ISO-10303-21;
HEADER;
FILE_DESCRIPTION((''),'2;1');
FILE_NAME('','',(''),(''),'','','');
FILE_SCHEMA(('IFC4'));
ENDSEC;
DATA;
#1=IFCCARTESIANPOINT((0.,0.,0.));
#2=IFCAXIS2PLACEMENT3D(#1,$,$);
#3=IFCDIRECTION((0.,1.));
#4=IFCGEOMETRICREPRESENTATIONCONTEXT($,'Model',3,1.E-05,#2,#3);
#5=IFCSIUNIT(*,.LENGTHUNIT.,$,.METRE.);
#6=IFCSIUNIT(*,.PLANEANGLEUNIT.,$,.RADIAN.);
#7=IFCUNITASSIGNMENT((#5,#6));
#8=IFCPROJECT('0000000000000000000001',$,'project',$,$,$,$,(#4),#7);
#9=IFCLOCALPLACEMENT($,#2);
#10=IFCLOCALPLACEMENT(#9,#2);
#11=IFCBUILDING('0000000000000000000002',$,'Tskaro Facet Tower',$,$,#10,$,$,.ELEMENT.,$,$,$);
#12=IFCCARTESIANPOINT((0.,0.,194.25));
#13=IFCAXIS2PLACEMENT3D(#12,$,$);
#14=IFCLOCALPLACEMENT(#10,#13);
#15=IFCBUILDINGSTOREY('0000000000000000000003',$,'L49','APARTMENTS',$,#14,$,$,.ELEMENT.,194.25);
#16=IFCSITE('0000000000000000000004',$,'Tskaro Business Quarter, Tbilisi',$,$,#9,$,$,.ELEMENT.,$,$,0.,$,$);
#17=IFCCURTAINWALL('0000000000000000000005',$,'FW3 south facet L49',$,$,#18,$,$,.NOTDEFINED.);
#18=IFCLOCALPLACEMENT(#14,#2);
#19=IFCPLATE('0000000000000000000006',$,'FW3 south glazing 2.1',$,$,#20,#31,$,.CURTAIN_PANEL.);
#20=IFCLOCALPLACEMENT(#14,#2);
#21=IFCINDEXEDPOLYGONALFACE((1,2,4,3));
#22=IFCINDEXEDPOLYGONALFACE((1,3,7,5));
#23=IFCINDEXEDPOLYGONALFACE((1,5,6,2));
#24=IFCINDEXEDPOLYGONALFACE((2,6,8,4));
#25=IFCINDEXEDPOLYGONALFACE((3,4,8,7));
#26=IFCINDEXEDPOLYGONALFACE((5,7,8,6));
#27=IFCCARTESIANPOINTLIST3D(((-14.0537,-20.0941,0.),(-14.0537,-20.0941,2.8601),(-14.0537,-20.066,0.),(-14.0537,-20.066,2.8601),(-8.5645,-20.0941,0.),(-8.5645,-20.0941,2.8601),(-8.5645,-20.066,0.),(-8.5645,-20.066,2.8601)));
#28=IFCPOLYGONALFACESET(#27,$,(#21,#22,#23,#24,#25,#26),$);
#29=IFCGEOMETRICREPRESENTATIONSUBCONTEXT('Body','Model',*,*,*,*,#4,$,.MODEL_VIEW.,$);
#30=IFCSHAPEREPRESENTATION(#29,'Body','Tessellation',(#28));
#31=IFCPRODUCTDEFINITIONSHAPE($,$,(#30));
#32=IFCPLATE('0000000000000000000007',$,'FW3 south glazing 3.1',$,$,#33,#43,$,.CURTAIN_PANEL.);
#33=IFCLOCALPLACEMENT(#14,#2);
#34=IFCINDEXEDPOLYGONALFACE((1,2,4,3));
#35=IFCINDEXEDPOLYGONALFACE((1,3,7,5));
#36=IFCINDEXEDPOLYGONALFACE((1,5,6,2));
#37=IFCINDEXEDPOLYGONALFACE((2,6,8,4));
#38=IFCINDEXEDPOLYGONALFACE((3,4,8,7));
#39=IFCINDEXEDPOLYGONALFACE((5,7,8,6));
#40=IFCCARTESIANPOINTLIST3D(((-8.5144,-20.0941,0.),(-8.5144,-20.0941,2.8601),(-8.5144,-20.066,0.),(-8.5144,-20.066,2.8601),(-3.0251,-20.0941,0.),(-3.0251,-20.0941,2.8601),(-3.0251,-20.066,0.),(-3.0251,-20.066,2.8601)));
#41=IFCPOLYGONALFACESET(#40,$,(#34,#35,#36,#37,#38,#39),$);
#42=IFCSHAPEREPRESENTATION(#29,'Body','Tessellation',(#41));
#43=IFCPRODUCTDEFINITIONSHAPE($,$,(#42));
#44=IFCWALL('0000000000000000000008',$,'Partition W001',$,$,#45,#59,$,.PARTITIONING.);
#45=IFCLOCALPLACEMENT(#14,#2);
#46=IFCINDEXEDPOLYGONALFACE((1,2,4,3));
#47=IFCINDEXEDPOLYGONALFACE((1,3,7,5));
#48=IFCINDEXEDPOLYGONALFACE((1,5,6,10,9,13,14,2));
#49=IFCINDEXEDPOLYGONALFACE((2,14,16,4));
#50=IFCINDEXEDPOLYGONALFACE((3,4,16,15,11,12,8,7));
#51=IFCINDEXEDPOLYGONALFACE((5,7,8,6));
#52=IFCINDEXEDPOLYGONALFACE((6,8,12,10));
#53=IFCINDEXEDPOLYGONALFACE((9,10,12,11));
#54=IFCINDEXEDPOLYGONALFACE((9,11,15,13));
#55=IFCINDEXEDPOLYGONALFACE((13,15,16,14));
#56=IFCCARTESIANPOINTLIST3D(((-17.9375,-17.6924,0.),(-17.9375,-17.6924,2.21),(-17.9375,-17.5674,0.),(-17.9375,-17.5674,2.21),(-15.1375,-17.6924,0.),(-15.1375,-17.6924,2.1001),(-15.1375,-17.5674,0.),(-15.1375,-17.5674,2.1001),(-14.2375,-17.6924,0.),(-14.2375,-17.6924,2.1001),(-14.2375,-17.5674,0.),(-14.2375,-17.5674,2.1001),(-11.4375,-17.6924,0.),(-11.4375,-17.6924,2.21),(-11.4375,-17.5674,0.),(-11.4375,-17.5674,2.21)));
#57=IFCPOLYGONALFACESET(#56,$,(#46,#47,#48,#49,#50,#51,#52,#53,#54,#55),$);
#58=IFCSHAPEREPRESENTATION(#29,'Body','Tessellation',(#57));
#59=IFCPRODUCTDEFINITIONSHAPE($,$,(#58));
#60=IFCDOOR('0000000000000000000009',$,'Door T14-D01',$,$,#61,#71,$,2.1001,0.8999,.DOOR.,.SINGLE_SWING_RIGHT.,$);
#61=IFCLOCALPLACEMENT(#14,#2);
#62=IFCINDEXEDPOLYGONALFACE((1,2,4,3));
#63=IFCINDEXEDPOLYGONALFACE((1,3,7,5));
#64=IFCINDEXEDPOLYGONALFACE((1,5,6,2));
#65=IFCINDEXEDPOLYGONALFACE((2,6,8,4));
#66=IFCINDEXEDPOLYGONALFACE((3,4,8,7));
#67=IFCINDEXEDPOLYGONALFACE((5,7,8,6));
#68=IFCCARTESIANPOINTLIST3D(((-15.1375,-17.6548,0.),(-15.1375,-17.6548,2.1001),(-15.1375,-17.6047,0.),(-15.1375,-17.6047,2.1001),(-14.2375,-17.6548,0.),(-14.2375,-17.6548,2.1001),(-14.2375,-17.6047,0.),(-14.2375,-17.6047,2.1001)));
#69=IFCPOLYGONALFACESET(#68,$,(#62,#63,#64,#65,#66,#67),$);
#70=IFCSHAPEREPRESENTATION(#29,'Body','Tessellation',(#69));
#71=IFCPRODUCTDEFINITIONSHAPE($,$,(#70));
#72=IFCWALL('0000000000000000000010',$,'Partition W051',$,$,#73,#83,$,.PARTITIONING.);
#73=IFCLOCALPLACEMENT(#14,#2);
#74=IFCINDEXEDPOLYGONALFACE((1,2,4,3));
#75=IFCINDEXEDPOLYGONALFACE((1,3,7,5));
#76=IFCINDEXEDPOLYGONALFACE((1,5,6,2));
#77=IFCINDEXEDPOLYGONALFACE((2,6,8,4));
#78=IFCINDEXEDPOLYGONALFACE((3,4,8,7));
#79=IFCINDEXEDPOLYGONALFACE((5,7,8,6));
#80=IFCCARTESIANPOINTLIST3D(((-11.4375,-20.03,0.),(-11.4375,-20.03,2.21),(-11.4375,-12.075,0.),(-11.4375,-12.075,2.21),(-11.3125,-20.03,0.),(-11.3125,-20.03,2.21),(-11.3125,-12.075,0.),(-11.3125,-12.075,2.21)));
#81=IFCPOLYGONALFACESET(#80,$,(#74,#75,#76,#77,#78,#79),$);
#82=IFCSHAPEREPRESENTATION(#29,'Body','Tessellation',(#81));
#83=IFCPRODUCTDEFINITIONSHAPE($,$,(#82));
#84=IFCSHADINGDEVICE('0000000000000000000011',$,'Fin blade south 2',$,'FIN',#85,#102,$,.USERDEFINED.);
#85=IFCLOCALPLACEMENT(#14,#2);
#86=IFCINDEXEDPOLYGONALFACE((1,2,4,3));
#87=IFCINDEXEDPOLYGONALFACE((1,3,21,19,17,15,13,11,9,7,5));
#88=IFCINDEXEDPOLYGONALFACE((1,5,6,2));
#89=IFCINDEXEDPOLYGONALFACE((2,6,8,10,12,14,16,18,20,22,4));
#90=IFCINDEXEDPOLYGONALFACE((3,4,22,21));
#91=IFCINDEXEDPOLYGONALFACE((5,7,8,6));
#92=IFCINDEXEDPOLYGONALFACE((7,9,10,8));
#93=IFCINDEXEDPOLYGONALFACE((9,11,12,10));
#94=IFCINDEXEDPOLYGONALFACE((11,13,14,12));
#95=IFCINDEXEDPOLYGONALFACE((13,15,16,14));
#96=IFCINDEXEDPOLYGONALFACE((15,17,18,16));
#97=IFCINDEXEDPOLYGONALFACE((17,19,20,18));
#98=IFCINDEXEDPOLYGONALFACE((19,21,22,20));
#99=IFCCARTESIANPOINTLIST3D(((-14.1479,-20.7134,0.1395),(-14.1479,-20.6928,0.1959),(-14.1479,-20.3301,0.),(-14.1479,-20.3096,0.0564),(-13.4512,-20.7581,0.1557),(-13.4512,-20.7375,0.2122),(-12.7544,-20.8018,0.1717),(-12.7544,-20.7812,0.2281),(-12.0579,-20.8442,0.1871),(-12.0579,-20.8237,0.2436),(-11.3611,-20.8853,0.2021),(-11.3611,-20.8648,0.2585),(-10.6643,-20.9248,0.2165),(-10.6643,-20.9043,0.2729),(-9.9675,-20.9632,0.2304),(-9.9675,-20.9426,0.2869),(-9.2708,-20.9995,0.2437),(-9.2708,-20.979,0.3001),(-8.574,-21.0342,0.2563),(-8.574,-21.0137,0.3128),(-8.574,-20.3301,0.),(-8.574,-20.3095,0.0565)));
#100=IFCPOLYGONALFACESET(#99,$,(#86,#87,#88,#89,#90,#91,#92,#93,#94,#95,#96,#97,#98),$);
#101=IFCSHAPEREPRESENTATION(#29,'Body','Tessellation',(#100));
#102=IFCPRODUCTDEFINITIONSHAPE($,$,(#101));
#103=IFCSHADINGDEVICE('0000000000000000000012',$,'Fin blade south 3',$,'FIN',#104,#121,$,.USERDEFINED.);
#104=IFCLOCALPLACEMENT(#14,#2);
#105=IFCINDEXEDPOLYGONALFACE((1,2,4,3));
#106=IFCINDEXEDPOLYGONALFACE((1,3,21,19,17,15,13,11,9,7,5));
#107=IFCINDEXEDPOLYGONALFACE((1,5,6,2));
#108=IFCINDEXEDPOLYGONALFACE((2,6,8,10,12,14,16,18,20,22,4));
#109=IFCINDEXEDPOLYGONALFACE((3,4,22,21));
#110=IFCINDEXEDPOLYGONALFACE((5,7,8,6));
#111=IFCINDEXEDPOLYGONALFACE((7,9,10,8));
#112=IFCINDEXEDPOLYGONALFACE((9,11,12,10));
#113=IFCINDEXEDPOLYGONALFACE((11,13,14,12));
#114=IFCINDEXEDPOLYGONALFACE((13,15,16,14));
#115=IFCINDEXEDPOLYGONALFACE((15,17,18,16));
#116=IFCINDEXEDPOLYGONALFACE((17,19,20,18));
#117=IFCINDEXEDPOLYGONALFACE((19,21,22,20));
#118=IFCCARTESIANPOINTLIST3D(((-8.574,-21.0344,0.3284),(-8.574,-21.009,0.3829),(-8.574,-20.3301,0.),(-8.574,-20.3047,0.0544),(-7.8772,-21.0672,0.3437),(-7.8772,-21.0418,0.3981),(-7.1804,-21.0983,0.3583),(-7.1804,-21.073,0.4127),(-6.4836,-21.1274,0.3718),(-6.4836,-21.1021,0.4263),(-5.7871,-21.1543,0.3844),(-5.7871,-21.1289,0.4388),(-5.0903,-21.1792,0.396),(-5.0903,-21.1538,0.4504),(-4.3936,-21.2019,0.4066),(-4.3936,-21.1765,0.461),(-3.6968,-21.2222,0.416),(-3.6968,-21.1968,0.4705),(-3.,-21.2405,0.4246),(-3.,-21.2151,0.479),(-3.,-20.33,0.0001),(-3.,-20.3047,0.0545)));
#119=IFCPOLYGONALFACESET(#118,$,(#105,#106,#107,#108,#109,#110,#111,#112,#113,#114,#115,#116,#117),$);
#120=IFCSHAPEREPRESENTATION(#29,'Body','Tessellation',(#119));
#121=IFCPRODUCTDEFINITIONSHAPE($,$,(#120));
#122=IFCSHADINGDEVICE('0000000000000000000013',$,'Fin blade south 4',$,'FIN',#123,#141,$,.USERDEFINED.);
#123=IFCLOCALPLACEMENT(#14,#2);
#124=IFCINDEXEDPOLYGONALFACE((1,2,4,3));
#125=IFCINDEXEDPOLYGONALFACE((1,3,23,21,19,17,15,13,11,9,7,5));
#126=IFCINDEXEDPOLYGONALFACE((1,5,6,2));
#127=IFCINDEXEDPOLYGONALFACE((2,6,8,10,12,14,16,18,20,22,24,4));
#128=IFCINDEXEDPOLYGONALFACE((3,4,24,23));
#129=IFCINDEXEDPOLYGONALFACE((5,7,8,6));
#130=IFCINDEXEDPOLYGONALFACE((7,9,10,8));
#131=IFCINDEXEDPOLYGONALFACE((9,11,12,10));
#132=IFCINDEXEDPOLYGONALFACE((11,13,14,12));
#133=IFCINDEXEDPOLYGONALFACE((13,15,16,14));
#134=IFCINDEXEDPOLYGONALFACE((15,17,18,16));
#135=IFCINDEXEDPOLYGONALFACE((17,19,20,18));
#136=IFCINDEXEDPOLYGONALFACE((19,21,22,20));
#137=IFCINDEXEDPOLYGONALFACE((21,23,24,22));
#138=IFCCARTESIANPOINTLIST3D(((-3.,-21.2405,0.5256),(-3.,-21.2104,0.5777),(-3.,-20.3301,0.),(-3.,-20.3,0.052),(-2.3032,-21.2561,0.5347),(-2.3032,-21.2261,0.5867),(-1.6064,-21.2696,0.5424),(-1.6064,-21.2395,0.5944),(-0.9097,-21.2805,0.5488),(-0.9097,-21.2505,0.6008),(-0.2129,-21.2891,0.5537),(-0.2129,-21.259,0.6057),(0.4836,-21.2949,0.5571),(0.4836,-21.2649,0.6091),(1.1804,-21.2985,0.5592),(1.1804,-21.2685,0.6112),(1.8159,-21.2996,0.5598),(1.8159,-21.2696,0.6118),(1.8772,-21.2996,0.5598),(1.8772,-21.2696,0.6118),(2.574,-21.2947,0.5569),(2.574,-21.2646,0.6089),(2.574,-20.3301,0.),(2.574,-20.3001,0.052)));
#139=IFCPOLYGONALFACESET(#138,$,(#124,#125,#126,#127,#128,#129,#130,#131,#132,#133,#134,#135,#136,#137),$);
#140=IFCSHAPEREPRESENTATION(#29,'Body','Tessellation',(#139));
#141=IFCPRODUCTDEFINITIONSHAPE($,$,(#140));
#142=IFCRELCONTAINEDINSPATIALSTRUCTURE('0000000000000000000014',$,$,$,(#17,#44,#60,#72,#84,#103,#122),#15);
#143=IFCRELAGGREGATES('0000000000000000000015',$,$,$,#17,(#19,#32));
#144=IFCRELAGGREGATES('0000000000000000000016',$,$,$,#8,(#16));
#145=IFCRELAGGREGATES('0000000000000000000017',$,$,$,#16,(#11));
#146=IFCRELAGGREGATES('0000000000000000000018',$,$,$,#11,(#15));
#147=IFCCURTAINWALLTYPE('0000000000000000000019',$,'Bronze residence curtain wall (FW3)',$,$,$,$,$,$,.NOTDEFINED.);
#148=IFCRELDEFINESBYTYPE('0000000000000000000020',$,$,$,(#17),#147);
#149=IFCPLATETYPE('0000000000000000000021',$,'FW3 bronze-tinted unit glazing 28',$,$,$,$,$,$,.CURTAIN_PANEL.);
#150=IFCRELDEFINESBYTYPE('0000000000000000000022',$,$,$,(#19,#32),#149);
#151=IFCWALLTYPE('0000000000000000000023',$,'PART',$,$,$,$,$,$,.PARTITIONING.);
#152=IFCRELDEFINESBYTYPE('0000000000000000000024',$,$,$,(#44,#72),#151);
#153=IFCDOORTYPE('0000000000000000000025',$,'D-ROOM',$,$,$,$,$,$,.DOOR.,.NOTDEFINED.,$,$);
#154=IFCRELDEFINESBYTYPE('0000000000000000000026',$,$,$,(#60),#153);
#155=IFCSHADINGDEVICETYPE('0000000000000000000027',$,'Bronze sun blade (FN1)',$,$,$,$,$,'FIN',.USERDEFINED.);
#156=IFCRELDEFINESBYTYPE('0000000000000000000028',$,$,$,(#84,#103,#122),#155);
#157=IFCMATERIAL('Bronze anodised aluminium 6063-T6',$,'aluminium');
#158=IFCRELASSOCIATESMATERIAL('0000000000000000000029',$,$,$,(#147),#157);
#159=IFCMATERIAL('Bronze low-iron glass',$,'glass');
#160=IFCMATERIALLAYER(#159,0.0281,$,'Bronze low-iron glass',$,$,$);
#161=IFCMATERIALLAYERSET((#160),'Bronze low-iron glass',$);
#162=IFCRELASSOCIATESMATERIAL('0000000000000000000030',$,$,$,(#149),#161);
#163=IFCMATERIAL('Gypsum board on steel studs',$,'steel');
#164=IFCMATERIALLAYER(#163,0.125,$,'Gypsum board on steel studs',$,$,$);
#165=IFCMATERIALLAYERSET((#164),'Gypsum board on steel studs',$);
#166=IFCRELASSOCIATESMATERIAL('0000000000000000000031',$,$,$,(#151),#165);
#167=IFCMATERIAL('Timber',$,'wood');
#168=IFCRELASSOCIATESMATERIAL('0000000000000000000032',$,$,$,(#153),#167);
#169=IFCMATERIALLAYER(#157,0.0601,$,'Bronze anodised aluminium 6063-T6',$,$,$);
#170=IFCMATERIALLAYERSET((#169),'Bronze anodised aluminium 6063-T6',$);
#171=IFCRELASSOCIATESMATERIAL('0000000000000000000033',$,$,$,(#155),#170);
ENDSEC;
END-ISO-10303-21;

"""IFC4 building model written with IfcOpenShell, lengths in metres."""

from ifc_helpers import new_model, si_unit, direction, frame, frame_2d, origin, origin_2d, place, context, subcontext, project, spatial, polyline, rectangle, outline, extrude, material, layer, layer_set, type_object, element, fill, aggregate, save


model = new_model("IFC4")

# Units and contexts
model_context = context("Model", 3, precision=1e-05, world=origin(), true_north=direction((0.0, 1.0)))
body_context = subcontext(model_context, "Body", "Model", "MODEL_VIEW")
ifc_project = project(units=[si_unit("LENGTHUNIT", "METRE"), si_unit("PLANEANGLEUNIT", "RADIAN")], contexts=[model_context])

# Site, building, storey
site_placement = place(None, origin())
site = spatial("IfcSite", under=ifc_project, at=site_placement, Name="Tskaro Business Quarter, Tbilisi", CompositionType="ELEMENT", RefElevation=0.0)
building_placement = place(site_placement, origin())
building = spatial("IfcBuilding", under=site, at=building_placement, Name="Tskaro Facet Tower", CompositionType="ELEMENT")
storey_placement = place(building_placement, frame((0.0, 0.0, 194.25)))
storey = spatial("IfcBuildingStorey", under=building, at=storey_placement, Name="L49", Description="APARTMENTS", CompositionType="ELEMENT", Elevation=194.25)

# Curtain wall
ifc_material_1 = material(Name="Bronze anodised aluminium 6063-T6", Category="aluminium")
curtain_wall_type = type_object("IfcCurtainWallType", Name="Bronze residence curtain wall (FW3)", PredefinedType="NOTDEFINED", material=ifc_material_1)
curtain_wall_placement = place(storey_placement, origin())
curtain_wall = element("IfcCurtainWall", 1, at=curtain_wall_placement, inside=storey, type_object=curtain_wall_type, Name="FW3 south facet L49", PredefinedType="NOTDEFINED")

# Plates
ifc_material_2 = material(Name="Bronze low-iron glass", Category="glass")
ifc_layer_1 = layer(ifc_material_2, 0.0281, Name="Bronze low-iron glass")
ifc_layer_set_1 = layer_set([ifc_layer_1], Name="Bronze low-iron glass")
plate_type = type_object("IfcPlateType", Name="FW3 bronze-tinted unit glazing 28", PredefinedType="CURTAIN_PANEL", material=ifc_layer_set_1)
plate_1_placement = place(storey_placement, frame((-11.3091, -20.0801, 0.0), z_axis=(0.0, 0.0, 1.0), x_axis=(1.0, 0.0, 0.0)))
plate_1 = element("IfcPlate", 2, at=plate_1_placement, type_object=plate_type, Name="FW3 south glazing 2.1", PredefinedType="CURTAIN_PANEL", context=body_context, shape_type="SweptSolid", body=[
    extrude(rectangle(XDim=5.4893, YDim=0.0281, at=origin_2d()), origin(), (0.0, 0.0, 1.0), 2.8601),
])
plate_2_placement = place(storey_placement, frame((-5.7698, -20.0801, 0.0), z_axis=(0.0, 0.0, 1.0), x_axis=(1.0, 0.0, 0.0)))
plate_2 = element("IfcPlate", 3, at=plate_2_placement, type_object=plate_type, Name="FW3 south glazing 3.1", PredefinedType="CURTAIN_PANEL", context=body_context, shape_type="SweptSolid", body=[
    extrude(rectangle(XDim=5.4893, YDim=0.0281, at=origin_2d()), origin(), (0.0, 0.0, 1.0), 2.8601),
])
aggregate(curtain_wall, [plate_1, plate_2])

# Wall, opening, door
ifc_material_3 = material(Name="Gypsum board on steel studs", Category="steel")
ifc_layer_2 = layer(ifc_material_3, 0.125, Name="Gypsum board on steel studs")
ifc_layer_set_2 = layer_set([ifc_layer_2], Name="Gypsum board on steel studs")
wall_type = type_object("IfcWallType", Name="PART", PredefinedType="PARTITIONING", material=ifc_layer_set_2)
wall_1_placement = place(storey_placement, frame((-11.4375, -17.6299, 0.0), z_axis=(0.0, 0.0, 1.0), x_axis=(-1.0, 0.0, 0.0)))
wall_1 = element("IfcWall", 4, at=wall_1_placement, inside=storey, type_object=wall_type, Name="Partition W001", PredefinedType="PARTITIONING", context=body_context, shape_type="SweptSolid", body=[
    extrude(rectangle(XDim=6.5, YDim=0.125, at=frame_2d((3.25, 0.0))), origin(), (0.0, 0.0, 1.0), 2.21),
])
opening_placement = place(wall_1_placement, frame((2.8, 0.0, 0.0)))
opening = element("IfcOpeningElement", 5, at=opening_placement, cuts=wall_1, PredefinedType="OPENING", context=body_context, shape_type="SweptSolid", body=[
    extrude(rectangle(XDim=0.8999, YDim=2.1001, at=frame_2d((0.45, 1.05))), frame((0.0, 0.0725, 0.0), z_axis=(0.0, -1.0, 0.0), x_axis=(1.0, 0.0, 0.0)), (0.0, 0.0, 1.0), 0.145),
])
ifc_material_4 = material(Name="Timber", Category="wood")
door_type = type_object("IfcDoorType", Name="D-ROOM", OperationType="NOTDEFINED", PredefinedType="DOOR", material=ifc_material_4)
door_placement = place(opening_placement, origin())
door = element("IfcDoor", 6, at=door_placement, inside=storey, type_object=door_type, Name="Door T14-D01", OperationType="SINGLE_SWING_RIGHT", OverallHeight=2.1001, OverallWidth=0.8999, PredefinedType="DOOR", context=body_context, shape_type="SweptSolid", body=[
    extrude(rectangle(XDim=0.8999, YDim=2.1001, at=frame_2d((0.45, 1.05))), frame((0.0, 0.0249, 0.0), z_axis=(0.0, -1.0, 0.0), x_axis=(1.0, 0.0, 0.0)), (0.0, 0.0, 1.0), 0.05),
])
fill(opening, door)

# Wall
wall_2_placement = place(storey_placement, frame((-11.375, -20.03, 0.0), z_axis=(0.0, 0.0, 1.0), x_axis=(0.0, 1.0, 0.0)))
element("IfcWall", 7, at=wall_2_placement, inside=storey, type_object=wall_type, Name="Partition W051", PredefinedType="PARTITIONING", context=body_context, shape_type="SweptSolid", body=[
    extrude(rectangle(XDim=7.9551, YDim=0.125, at=frame_2d((3.9775, 0.0))), origin(), (0.0, 0.0, 1.0), 2.21),
])

# Shading devices
ifc_layer_3 = layer(ifc_material_1, 0.0601, Name="Bronze anodised aluminium 6063-T6")
ifc_layer_set_3 = layer_set([ifc_layer_3], Name="Bronze anodised aluminium 6063-T6")
shading_device_type = type_object("IfcShadingDeviceType", Name="Bronze sun blade (FN1)", ElementType="FIN", PredefinedType="USERDEFINED", material=ifc_layer_set_3)
shading_device_1_placement = place(storey_placement, frame((-14.1479, -20.3096, 0.0564), z_axis=(-0.000014, 0.342025, 0.939691), x_axis=(1.0, 0.000005, 0.000013)))
element("IfcShadingDevice", 8, at=shading_device_1_placement, inside=storey, type_object=shading_device_type, Name="Fin blade south 2", ObjectType="FIN", PredefinedType="USERDEFINED", context=body_context, shape_type="SweptSolid", body=[
    extrude(outline(polyline([(0.0, 0.0), (5.574, 0.0), (5.574, -0.7493), (4.8772, -0.7124), (4.1804, -0.6737), (3.4836, -0.6329), (2.7869, -0.5908), (2.0901, -0.5471), (1.3936, -0.5019), (0.6968, -0.4554), (0.0, -0.4079), (0.0, 0.0)])), origin(), (0.0, 0.0, -1.0), 0.0601),
])
shading_device_2_placement = place(storey_placement, frame((-8.574, -20.3047, 0.0544), z_axis=(-0.000009, 0.422606, 0.906313), x_axis=(1.0, 0.000004, 0.000008)))
element("IfcShadingDevice", 9, at=shading_device_2_placement, inside=storey, type_object=shading_device_type, Name="Fin blade south 3", ObjectType="FIN", PredefinedType="USERDEFINED", context=body_context, shape_type="SweptSolid", body=[
    extrude(outline(polyline([(0.0, 0.0), (5.574, 0.0), (5.574, -1.0045), (4.8772, -0.9843), (4.1804, -0.9619), (3.4836, -0.9369), (2.7869, -0.9094), (2.0903, -0.8798), (1.3936, -0.8477), (0.6968, -0.8133), (0.0, -0.7771), (0.0, 0.0)])), origin(), (0.0, 0.0, -1.0), 0.0601),
])
shading_device_3_placement = place(storey_placement, frame((-3.0, -20.3, 0.052), z_axis=(0.000004, 0.500028, 0.86601), x_axis=(1.0, -0.000002, -0.000003)))
element("IfcShadingDevice", 10, at=shading_device_3_placement, inside=storey, type_object=shading_device_type, Name="Fin blade south 4", ObjectType="FIN", PredefinedType="USERDEFINED", context=body_context, shape_type="SweptSolid", body=[
    extrude(outline(polyline([(0.0, 0.0), (5.574, 0.0), (5.574, -1.1138), (4.8772, -1.1195), (4.8159, -1.1195), (4.1804, -1.1183), (3.4836, -1.1141), (2.7871, -1.1074), (2.0903, -1.0975), (1.3936, -1.0848), (0.6968, -1.0693), (0.0, -1.0512), (0.0, 0.0)])), origin(), (0.0, 0.0, -1.0), 0.0601),
])

save(model, "model.ifc")
